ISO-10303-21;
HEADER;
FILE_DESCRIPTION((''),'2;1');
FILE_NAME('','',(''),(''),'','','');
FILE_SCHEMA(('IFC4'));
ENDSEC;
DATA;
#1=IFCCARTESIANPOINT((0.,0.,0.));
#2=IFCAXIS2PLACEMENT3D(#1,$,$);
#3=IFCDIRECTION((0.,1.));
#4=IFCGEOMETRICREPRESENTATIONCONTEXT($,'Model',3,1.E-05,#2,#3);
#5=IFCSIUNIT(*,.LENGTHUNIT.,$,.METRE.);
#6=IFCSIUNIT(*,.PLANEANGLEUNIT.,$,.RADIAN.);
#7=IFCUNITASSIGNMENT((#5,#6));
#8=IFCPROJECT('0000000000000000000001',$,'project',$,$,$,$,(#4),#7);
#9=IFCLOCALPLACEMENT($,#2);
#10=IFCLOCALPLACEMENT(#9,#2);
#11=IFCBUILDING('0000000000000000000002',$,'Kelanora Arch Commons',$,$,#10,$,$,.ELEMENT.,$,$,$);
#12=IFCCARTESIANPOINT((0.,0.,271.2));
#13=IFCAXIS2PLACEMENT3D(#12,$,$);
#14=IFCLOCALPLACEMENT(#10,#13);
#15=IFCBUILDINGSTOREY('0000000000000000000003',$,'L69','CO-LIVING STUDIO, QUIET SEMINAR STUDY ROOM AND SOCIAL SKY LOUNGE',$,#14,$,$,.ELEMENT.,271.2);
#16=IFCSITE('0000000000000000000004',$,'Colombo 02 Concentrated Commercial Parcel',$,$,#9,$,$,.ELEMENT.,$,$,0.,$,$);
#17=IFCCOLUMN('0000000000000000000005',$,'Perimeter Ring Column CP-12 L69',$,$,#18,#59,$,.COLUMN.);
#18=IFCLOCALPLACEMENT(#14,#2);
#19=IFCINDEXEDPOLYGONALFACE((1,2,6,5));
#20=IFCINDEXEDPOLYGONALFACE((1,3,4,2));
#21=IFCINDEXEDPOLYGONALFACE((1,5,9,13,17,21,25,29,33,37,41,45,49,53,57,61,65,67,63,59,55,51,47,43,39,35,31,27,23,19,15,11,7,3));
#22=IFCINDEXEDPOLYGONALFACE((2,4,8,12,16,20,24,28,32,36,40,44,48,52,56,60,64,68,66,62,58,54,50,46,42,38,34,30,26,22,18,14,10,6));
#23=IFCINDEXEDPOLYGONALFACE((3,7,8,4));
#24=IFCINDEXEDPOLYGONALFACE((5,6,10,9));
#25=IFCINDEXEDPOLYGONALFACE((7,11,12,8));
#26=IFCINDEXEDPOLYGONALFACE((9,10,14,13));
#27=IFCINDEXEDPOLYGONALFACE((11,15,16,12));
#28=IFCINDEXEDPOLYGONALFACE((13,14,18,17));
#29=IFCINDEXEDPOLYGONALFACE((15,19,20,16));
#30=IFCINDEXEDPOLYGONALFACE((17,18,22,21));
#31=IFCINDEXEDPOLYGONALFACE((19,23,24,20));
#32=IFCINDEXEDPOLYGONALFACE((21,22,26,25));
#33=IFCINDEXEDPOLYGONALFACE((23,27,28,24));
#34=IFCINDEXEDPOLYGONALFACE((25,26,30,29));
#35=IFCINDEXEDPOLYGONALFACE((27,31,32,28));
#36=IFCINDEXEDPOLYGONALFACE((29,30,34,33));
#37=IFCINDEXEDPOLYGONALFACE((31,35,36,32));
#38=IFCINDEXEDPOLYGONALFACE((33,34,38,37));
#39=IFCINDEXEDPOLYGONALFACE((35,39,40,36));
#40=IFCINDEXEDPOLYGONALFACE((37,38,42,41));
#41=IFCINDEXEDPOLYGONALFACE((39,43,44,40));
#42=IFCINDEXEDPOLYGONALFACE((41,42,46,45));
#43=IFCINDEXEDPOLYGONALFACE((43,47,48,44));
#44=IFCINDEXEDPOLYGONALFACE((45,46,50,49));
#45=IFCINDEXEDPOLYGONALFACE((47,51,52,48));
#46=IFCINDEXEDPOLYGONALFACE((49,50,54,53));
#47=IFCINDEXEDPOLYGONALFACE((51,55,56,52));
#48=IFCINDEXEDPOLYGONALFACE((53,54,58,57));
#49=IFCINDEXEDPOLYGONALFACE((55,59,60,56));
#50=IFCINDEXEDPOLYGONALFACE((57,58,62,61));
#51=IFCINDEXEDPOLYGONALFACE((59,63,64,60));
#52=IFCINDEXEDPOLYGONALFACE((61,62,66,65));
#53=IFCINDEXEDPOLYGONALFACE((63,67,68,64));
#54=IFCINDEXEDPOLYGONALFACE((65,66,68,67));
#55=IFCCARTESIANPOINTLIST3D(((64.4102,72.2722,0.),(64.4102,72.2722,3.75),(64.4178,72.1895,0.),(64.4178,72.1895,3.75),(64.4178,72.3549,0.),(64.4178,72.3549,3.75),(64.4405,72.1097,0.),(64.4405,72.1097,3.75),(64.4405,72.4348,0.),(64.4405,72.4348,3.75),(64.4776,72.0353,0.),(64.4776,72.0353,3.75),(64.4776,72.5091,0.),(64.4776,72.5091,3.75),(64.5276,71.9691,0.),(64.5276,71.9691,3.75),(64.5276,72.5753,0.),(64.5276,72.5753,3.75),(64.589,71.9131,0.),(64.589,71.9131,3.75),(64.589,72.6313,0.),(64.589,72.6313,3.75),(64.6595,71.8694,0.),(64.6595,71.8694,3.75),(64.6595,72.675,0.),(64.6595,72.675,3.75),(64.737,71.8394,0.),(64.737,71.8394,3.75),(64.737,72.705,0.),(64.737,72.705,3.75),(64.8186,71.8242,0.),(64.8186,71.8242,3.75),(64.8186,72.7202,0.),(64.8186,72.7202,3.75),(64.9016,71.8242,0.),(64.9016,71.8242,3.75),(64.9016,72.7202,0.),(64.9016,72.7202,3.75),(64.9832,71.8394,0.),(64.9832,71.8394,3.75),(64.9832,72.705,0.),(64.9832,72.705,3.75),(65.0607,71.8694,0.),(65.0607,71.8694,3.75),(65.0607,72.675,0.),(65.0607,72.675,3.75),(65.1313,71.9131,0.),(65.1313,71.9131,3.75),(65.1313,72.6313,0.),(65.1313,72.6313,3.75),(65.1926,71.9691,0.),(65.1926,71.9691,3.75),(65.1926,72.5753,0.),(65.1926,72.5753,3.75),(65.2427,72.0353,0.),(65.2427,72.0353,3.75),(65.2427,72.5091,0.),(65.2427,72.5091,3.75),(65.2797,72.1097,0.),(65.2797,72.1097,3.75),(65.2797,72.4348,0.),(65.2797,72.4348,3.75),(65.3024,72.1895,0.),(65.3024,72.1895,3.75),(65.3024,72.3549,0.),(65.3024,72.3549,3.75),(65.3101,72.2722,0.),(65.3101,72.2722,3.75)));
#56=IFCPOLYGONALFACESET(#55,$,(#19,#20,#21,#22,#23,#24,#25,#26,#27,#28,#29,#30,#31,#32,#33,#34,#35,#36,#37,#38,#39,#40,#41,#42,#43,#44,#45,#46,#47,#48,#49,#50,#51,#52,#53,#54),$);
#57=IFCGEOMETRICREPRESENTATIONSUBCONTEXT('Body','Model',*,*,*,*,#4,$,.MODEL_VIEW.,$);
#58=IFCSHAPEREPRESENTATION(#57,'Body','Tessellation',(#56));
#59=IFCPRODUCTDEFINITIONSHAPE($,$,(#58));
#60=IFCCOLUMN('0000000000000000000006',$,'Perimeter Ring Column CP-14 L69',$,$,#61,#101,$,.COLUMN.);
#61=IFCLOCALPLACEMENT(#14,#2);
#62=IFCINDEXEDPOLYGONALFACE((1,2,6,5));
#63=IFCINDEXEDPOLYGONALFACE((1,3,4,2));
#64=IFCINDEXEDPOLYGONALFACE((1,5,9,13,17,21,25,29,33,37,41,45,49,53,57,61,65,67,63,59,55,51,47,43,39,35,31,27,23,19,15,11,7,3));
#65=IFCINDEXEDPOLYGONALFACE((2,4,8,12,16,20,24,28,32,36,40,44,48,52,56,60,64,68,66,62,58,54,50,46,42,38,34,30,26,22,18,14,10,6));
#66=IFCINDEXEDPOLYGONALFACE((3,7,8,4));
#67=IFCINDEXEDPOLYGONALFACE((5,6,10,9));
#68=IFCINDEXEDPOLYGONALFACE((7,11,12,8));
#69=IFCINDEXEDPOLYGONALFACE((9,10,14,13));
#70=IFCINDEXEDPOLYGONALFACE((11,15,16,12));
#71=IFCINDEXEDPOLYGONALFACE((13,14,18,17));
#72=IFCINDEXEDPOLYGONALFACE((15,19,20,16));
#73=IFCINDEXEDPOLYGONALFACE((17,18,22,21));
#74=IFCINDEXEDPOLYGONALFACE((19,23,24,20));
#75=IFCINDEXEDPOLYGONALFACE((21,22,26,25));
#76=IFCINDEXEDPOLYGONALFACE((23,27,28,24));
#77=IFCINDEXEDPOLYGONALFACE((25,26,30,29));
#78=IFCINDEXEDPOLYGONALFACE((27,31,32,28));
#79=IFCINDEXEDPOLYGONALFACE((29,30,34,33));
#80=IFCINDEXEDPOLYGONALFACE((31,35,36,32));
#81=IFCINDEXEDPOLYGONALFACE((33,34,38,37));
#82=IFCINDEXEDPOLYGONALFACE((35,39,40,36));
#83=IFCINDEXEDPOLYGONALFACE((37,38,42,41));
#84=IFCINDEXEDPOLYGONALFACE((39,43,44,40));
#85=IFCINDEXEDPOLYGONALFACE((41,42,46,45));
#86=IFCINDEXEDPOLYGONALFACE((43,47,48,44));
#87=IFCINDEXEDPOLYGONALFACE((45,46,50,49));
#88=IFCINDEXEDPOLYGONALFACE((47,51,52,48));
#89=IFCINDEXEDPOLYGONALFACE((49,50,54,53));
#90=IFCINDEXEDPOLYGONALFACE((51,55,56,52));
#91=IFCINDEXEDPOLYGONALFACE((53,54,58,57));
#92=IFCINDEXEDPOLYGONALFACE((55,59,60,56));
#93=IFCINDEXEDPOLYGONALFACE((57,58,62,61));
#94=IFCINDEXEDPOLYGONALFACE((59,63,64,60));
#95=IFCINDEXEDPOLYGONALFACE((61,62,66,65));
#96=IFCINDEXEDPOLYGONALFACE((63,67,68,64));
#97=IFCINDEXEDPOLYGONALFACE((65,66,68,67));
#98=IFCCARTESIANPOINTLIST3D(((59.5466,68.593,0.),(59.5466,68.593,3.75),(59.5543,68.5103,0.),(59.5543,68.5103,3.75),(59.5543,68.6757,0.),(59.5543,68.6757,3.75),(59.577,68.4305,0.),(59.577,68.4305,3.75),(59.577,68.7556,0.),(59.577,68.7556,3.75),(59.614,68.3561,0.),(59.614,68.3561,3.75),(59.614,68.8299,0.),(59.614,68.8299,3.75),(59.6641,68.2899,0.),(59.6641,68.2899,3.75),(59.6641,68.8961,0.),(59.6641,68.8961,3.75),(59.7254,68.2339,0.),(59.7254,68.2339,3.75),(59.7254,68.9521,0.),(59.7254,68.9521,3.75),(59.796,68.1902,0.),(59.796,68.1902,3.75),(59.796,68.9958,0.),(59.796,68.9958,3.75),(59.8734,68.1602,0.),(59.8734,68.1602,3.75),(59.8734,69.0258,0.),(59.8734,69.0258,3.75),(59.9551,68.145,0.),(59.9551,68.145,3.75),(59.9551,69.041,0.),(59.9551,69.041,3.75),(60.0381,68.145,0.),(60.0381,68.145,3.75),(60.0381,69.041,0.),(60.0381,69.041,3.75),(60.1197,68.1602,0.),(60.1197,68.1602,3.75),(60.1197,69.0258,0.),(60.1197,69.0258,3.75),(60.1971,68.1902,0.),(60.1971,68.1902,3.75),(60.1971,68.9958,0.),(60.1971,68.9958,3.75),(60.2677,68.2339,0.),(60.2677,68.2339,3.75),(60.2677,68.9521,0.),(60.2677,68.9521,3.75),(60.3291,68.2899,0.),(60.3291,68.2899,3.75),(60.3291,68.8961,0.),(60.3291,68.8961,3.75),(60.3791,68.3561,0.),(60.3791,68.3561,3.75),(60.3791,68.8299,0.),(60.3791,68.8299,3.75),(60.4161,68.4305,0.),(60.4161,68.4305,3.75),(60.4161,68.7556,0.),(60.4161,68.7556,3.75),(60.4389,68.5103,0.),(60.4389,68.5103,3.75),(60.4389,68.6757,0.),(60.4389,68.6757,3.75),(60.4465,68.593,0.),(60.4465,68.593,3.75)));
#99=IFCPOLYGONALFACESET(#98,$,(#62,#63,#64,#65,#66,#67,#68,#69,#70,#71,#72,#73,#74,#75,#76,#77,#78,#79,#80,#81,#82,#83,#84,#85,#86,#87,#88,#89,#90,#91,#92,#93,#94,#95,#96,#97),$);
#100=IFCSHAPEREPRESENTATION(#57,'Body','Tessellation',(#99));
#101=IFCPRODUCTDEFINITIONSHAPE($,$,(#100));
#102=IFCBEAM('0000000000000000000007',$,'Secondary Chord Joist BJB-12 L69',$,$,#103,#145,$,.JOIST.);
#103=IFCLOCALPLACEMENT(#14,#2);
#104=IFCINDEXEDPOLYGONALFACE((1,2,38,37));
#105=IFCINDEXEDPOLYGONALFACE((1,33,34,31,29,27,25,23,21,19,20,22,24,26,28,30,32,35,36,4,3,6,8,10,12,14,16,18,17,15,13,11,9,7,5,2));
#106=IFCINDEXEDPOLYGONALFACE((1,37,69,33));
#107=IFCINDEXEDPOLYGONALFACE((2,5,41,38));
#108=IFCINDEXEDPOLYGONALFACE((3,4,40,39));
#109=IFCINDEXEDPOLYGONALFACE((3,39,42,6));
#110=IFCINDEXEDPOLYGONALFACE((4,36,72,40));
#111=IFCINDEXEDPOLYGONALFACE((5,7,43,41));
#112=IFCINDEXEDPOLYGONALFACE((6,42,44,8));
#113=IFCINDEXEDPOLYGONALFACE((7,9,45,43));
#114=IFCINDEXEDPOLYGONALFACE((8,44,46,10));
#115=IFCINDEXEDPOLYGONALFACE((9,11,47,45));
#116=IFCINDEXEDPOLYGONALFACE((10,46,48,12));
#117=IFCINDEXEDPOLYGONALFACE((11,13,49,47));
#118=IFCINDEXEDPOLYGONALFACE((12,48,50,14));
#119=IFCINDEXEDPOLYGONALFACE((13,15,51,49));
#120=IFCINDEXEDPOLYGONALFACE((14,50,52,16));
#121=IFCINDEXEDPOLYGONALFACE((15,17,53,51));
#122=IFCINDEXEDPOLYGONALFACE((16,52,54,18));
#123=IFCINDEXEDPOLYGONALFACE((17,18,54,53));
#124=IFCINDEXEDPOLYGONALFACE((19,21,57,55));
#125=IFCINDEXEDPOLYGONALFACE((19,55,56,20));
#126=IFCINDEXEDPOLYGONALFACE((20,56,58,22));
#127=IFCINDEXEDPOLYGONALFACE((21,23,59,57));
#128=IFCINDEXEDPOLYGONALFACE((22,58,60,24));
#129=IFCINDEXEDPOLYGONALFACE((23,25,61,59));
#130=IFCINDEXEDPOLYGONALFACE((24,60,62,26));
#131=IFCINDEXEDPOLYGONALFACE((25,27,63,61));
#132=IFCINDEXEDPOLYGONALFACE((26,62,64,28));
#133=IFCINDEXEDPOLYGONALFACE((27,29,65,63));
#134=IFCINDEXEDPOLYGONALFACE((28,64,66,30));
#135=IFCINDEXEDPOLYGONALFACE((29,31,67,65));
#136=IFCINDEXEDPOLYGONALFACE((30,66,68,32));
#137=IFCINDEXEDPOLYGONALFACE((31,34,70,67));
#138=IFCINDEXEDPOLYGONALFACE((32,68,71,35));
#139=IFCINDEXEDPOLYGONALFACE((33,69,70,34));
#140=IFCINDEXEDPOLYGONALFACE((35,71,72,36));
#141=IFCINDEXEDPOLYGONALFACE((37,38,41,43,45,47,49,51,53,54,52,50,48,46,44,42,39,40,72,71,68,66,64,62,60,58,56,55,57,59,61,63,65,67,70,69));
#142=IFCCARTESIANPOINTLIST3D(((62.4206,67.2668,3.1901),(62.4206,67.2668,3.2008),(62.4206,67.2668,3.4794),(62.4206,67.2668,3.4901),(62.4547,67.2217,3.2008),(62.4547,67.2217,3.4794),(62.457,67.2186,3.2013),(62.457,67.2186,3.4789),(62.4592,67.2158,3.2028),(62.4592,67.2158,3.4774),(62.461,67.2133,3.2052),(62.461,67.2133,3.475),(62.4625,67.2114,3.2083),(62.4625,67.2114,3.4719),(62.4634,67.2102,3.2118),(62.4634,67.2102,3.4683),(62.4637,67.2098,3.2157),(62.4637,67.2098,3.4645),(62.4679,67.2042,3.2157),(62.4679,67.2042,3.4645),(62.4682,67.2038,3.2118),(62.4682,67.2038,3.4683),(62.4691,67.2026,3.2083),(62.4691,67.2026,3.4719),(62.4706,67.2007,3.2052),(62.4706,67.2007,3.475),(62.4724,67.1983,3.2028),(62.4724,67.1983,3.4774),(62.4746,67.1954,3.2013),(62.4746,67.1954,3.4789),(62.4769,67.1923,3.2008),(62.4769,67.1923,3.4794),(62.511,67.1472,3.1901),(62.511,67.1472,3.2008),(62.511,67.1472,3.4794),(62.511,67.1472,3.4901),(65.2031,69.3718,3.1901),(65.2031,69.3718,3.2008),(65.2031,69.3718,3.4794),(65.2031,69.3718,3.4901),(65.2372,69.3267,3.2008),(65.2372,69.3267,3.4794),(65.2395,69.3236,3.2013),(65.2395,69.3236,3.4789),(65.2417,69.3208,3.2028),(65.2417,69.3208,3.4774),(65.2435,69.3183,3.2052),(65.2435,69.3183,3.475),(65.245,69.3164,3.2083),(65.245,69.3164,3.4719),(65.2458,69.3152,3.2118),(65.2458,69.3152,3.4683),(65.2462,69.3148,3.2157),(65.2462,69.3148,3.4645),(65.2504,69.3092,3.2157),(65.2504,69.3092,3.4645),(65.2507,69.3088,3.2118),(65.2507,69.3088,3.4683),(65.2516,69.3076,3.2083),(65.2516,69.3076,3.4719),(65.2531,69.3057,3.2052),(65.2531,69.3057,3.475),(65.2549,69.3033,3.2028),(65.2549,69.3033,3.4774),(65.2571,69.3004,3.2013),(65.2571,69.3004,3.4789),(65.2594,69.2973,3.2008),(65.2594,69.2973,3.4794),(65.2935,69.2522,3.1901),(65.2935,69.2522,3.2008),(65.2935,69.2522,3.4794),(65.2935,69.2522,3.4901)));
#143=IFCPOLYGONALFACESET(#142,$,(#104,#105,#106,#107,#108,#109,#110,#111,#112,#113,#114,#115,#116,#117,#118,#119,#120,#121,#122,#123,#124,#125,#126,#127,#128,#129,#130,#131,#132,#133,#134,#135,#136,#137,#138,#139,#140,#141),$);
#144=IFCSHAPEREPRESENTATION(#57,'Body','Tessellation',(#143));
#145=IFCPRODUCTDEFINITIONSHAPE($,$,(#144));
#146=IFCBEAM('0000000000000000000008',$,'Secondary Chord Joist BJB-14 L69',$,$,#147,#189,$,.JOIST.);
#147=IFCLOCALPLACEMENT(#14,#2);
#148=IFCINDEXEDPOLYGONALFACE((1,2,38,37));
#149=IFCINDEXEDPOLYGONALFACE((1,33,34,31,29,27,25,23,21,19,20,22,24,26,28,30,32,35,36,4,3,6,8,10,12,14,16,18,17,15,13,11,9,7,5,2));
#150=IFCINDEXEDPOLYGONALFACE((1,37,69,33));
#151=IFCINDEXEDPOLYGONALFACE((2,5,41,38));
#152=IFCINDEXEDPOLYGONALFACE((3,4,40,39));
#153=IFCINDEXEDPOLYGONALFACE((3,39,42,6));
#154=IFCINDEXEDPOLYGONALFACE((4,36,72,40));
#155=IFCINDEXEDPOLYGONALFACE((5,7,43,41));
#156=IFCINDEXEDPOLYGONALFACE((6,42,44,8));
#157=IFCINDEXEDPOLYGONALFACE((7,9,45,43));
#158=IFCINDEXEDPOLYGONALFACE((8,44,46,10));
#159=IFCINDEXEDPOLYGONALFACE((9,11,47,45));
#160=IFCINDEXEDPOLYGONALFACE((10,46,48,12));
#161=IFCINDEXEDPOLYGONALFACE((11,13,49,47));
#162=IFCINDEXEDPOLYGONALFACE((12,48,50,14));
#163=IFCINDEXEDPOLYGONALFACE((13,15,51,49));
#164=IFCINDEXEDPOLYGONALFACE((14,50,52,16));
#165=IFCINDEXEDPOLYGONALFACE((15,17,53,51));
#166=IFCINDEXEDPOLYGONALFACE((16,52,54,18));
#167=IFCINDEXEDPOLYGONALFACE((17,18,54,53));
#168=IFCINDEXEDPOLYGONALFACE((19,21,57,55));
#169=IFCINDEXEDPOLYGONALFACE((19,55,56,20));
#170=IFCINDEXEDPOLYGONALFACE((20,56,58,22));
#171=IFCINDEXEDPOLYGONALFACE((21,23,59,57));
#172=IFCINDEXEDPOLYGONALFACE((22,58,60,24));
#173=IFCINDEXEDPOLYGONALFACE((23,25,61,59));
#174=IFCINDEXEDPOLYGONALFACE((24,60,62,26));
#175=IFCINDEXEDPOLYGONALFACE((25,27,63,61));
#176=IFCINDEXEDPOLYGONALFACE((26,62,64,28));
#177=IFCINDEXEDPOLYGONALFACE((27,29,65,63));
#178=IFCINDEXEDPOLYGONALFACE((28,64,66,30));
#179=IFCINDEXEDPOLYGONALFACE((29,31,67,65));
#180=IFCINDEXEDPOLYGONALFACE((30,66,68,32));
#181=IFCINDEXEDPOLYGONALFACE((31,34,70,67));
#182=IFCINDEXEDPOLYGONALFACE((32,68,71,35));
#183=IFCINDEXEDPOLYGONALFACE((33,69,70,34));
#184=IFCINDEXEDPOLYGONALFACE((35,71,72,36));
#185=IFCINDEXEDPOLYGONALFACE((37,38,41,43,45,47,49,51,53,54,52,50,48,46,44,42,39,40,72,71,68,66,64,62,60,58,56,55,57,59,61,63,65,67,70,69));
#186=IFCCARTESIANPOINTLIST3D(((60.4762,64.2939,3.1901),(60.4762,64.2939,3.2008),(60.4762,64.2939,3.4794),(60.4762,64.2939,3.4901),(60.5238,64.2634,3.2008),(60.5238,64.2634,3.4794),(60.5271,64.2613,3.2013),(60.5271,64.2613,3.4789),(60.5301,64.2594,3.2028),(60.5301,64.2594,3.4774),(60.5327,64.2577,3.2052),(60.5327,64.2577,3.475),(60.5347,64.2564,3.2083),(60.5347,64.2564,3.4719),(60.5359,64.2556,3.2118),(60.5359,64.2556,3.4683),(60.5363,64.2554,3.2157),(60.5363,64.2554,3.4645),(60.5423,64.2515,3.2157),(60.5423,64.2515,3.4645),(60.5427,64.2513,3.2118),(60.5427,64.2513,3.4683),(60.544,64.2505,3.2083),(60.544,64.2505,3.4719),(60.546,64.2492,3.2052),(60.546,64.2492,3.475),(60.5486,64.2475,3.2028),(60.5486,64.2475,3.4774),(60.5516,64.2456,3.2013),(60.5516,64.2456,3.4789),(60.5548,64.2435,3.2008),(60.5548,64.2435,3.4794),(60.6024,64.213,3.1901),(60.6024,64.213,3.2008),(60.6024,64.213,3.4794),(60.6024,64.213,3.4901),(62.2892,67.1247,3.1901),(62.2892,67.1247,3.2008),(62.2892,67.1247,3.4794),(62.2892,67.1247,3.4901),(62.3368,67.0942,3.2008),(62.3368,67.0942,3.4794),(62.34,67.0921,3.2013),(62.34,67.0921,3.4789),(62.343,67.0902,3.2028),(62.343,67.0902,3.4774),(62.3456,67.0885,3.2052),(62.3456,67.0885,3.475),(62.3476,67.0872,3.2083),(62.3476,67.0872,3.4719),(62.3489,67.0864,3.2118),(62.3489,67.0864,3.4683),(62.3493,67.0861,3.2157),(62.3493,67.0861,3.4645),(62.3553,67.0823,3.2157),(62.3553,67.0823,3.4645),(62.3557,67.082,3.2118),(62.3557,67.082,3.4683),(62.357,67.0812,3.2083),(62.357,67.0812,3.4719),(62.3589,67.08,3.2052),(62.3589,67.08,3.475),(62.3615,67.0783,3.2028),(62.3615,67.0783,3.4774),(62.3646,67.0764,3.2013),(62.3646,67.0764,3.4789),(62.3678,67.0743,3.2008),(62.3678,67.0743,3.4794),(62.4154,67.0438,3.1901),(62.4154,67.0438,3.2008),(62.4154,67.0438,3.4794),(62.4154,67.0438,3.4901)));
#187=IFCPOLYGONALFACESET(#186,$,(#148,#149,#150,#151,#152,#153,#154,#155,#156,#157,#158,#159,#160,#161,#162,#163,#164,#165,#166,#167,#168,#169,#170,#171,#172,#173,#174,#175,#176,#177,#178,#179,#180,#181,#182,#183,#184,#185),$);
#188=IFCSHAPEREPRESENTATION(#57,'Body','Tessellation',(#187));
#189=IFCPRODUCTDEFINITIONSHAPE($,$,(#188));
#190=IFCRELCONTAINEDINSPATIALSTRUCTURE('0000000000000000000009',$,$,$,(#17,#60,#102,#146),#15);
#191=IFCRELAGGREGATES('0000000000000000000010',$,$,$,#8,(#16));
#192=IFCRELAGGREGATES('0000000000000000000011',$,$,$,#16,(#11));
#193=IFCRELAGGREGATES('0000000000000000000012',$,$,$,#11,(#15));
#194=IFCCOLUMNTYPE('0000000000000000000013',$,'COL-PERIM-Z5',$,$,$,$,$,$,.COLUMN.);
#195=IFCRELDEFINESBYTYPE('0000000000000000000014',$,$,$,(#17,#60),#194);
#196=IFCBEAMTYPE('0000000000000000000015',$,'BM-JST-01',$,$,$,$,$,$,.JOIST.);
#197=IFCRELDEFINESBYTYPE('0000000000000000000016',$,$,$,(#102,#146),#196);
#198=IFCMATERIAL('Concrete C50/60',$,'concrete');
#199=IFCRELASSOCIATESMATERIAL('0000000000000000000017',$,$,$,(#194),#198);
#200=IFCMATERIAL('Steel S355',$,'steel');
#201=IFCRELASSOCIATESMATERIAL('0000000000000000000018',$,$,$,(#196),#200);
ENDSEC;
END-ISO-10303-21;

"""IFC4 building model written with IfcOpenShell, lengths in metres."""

from ifc_helpers import new_model, si_unit, direction, frame, origin, origin_2d, place, context, subcontext, project, spatial, circle, i_section, extrude, material, material_profile, profile_set, type_object, element, save


model = new_model("IFC4")

# Units and contexts
model_context = context("Model", 3, precision=1e-05, world=origin(), true_north=direction((0.0, 1.0)))
body_context = subcontext(model_context, "Body", "Model", "MODEL_VIEW")
ifc_project = project(units=[si_unit("LENGTHUNIT", "METRE"), si_unit("PLANEANGLEUNIT", "RADIAN")], contexts=[model_context])

# Site, building, storey
site_placement = place(None, origin())
site = spatial("IfcSite", under=ifc_project, at=site_placement, Name="Colombo 02 Concentrated Commercial Parcel", CompositionType="ELEMENT", RefElevation=0.0)
building_placement = place(site_placement, origin())
building = spatial("IfcBuilding", under=site, at=building_placement, Name="Kelanora Arch Commons", CompositionType="ELEMENT")
storey_placement = place(building_placement, frame((0.0, 0.0, 271.2)))
storey = spatial("IfcBuildingStorey", under=building, at=storey_placement, Name="L69", Description="CO-LIVING STUDIO, QUIET SEMINAR STUDY ROOM AND SOCIAL SKY LOUNGE", CompositionType="ELEMENT", Elevation=271.2)

# Columns
ifc_material_1 = material(Name="Concrete C50/60", Category="concrete")
ifc_material_profile_1 = material_profile(ifc_material_1, circle(Radius=0.45, at=origin_2d()), Name="RCC900")
ifc_profile_set_1 = profile_set([ifc_material_profile_1], Name="Concrete C50/60")
column_type = type_object("IfcColumnType", Name="COL-PERIM-Z5", PredefinedType="COLUMN", material=ifc_profile_set_1)
for number, where, z_axis, x_axis, name in (
    (1, (64.8601, 72.2722, 0.0), (0.0, 0.0, 1.0), (1.0, 0.0, 0.0), "Perimeter Ring Column CP-12 L69"),
    (2, (59.9966, 68.593, 0.0), (0.0, 0.0, 1.0), (1.0, 0.0, 0.0), "Perimeter Ring Column CP-14 L69"),
):
    element("IfcColumn", number, at=place(storey_placement, frame(where, z_axis=z_axis, x_axis=x_axis)), inside=storey, type_object=column_type, Name=name, PredefinedType="COLUMN", context=body_context, shape_type="SweptSolid", body=[
        extrude(circle(Radius=0.45, at=origin_2d()), origin(), (0.0, 0.0, 1.0), 3.75),
    ])

# Beams
ifc_material_2 = material(Name="Steel S355", Category="steel")
ifc_material_profile_2 = material_profile(ifc_material_2, i_section(OverallWidth=0.1499, OverallDepth=0.3, WebThickness=0.0071, FlangeThickness=0.0107, FilletRadius=0.0149, at=origin_2d()), Name="IPE300")
ifc_profile_set_2 = profile_set([ifc_material_profile_2], Name="Steel S355")
beam_type_1 = type_object("IfcBeamType", Name="BM-JST-01", PredefinedType="JOIST", material=ifc_profile_set_2)
beam_1_placement = place(storey_placement, frame((65.2483, 69.312, 3.3401), z_axis=(-0.797499, -0.60332, 0.0), x_axis=(0.60332, -0.797499, 0.0)))
element("IfcBeam", 3, at=beam_1_placement, inside=storey, type_object=beam_type_1, Name="Secondary Chord Joist BJB-12 L69", PredefinedType="JOIST", context=body_context, shape_type="SweptSolid", body=[
    extrude(i_section(OverallWidth=0.1499, OverallDepth=0.3, WebThickness=0.0071, FlangeThickness=0.0107, FilletRadius=0.0149, at=origin_2d()), origin(), (0.0, 0.0, 1.0), 3.489),
])
beam_2_placement = place(storey_placement, frame((62.3523, 67.0842, 3.3401), z_axis=(-0.539322, -0.8421, 0.0), x_axis=(0.8421, -0.539322, 0.0)))
element("IfcBeam", 4, at=beam_2_placement, inside=storey, type_object=beam_type_1, Name="Secondary Chord Joist BJB-14 L69", PredefinedType="JOIST", context=body_context, shape_type="SweptSolid", body=[
    extrude(i_section(OverallWidth=0.1499, OverallDepth=0.3, WebThickness=0.0071, FlangeThickness=0.0107, FilletRadius=0.0149, at=origin_2d()), origin(), (0.0, 0.0, 1.0), 3.3616),
])

save(model, "model.ifc")
